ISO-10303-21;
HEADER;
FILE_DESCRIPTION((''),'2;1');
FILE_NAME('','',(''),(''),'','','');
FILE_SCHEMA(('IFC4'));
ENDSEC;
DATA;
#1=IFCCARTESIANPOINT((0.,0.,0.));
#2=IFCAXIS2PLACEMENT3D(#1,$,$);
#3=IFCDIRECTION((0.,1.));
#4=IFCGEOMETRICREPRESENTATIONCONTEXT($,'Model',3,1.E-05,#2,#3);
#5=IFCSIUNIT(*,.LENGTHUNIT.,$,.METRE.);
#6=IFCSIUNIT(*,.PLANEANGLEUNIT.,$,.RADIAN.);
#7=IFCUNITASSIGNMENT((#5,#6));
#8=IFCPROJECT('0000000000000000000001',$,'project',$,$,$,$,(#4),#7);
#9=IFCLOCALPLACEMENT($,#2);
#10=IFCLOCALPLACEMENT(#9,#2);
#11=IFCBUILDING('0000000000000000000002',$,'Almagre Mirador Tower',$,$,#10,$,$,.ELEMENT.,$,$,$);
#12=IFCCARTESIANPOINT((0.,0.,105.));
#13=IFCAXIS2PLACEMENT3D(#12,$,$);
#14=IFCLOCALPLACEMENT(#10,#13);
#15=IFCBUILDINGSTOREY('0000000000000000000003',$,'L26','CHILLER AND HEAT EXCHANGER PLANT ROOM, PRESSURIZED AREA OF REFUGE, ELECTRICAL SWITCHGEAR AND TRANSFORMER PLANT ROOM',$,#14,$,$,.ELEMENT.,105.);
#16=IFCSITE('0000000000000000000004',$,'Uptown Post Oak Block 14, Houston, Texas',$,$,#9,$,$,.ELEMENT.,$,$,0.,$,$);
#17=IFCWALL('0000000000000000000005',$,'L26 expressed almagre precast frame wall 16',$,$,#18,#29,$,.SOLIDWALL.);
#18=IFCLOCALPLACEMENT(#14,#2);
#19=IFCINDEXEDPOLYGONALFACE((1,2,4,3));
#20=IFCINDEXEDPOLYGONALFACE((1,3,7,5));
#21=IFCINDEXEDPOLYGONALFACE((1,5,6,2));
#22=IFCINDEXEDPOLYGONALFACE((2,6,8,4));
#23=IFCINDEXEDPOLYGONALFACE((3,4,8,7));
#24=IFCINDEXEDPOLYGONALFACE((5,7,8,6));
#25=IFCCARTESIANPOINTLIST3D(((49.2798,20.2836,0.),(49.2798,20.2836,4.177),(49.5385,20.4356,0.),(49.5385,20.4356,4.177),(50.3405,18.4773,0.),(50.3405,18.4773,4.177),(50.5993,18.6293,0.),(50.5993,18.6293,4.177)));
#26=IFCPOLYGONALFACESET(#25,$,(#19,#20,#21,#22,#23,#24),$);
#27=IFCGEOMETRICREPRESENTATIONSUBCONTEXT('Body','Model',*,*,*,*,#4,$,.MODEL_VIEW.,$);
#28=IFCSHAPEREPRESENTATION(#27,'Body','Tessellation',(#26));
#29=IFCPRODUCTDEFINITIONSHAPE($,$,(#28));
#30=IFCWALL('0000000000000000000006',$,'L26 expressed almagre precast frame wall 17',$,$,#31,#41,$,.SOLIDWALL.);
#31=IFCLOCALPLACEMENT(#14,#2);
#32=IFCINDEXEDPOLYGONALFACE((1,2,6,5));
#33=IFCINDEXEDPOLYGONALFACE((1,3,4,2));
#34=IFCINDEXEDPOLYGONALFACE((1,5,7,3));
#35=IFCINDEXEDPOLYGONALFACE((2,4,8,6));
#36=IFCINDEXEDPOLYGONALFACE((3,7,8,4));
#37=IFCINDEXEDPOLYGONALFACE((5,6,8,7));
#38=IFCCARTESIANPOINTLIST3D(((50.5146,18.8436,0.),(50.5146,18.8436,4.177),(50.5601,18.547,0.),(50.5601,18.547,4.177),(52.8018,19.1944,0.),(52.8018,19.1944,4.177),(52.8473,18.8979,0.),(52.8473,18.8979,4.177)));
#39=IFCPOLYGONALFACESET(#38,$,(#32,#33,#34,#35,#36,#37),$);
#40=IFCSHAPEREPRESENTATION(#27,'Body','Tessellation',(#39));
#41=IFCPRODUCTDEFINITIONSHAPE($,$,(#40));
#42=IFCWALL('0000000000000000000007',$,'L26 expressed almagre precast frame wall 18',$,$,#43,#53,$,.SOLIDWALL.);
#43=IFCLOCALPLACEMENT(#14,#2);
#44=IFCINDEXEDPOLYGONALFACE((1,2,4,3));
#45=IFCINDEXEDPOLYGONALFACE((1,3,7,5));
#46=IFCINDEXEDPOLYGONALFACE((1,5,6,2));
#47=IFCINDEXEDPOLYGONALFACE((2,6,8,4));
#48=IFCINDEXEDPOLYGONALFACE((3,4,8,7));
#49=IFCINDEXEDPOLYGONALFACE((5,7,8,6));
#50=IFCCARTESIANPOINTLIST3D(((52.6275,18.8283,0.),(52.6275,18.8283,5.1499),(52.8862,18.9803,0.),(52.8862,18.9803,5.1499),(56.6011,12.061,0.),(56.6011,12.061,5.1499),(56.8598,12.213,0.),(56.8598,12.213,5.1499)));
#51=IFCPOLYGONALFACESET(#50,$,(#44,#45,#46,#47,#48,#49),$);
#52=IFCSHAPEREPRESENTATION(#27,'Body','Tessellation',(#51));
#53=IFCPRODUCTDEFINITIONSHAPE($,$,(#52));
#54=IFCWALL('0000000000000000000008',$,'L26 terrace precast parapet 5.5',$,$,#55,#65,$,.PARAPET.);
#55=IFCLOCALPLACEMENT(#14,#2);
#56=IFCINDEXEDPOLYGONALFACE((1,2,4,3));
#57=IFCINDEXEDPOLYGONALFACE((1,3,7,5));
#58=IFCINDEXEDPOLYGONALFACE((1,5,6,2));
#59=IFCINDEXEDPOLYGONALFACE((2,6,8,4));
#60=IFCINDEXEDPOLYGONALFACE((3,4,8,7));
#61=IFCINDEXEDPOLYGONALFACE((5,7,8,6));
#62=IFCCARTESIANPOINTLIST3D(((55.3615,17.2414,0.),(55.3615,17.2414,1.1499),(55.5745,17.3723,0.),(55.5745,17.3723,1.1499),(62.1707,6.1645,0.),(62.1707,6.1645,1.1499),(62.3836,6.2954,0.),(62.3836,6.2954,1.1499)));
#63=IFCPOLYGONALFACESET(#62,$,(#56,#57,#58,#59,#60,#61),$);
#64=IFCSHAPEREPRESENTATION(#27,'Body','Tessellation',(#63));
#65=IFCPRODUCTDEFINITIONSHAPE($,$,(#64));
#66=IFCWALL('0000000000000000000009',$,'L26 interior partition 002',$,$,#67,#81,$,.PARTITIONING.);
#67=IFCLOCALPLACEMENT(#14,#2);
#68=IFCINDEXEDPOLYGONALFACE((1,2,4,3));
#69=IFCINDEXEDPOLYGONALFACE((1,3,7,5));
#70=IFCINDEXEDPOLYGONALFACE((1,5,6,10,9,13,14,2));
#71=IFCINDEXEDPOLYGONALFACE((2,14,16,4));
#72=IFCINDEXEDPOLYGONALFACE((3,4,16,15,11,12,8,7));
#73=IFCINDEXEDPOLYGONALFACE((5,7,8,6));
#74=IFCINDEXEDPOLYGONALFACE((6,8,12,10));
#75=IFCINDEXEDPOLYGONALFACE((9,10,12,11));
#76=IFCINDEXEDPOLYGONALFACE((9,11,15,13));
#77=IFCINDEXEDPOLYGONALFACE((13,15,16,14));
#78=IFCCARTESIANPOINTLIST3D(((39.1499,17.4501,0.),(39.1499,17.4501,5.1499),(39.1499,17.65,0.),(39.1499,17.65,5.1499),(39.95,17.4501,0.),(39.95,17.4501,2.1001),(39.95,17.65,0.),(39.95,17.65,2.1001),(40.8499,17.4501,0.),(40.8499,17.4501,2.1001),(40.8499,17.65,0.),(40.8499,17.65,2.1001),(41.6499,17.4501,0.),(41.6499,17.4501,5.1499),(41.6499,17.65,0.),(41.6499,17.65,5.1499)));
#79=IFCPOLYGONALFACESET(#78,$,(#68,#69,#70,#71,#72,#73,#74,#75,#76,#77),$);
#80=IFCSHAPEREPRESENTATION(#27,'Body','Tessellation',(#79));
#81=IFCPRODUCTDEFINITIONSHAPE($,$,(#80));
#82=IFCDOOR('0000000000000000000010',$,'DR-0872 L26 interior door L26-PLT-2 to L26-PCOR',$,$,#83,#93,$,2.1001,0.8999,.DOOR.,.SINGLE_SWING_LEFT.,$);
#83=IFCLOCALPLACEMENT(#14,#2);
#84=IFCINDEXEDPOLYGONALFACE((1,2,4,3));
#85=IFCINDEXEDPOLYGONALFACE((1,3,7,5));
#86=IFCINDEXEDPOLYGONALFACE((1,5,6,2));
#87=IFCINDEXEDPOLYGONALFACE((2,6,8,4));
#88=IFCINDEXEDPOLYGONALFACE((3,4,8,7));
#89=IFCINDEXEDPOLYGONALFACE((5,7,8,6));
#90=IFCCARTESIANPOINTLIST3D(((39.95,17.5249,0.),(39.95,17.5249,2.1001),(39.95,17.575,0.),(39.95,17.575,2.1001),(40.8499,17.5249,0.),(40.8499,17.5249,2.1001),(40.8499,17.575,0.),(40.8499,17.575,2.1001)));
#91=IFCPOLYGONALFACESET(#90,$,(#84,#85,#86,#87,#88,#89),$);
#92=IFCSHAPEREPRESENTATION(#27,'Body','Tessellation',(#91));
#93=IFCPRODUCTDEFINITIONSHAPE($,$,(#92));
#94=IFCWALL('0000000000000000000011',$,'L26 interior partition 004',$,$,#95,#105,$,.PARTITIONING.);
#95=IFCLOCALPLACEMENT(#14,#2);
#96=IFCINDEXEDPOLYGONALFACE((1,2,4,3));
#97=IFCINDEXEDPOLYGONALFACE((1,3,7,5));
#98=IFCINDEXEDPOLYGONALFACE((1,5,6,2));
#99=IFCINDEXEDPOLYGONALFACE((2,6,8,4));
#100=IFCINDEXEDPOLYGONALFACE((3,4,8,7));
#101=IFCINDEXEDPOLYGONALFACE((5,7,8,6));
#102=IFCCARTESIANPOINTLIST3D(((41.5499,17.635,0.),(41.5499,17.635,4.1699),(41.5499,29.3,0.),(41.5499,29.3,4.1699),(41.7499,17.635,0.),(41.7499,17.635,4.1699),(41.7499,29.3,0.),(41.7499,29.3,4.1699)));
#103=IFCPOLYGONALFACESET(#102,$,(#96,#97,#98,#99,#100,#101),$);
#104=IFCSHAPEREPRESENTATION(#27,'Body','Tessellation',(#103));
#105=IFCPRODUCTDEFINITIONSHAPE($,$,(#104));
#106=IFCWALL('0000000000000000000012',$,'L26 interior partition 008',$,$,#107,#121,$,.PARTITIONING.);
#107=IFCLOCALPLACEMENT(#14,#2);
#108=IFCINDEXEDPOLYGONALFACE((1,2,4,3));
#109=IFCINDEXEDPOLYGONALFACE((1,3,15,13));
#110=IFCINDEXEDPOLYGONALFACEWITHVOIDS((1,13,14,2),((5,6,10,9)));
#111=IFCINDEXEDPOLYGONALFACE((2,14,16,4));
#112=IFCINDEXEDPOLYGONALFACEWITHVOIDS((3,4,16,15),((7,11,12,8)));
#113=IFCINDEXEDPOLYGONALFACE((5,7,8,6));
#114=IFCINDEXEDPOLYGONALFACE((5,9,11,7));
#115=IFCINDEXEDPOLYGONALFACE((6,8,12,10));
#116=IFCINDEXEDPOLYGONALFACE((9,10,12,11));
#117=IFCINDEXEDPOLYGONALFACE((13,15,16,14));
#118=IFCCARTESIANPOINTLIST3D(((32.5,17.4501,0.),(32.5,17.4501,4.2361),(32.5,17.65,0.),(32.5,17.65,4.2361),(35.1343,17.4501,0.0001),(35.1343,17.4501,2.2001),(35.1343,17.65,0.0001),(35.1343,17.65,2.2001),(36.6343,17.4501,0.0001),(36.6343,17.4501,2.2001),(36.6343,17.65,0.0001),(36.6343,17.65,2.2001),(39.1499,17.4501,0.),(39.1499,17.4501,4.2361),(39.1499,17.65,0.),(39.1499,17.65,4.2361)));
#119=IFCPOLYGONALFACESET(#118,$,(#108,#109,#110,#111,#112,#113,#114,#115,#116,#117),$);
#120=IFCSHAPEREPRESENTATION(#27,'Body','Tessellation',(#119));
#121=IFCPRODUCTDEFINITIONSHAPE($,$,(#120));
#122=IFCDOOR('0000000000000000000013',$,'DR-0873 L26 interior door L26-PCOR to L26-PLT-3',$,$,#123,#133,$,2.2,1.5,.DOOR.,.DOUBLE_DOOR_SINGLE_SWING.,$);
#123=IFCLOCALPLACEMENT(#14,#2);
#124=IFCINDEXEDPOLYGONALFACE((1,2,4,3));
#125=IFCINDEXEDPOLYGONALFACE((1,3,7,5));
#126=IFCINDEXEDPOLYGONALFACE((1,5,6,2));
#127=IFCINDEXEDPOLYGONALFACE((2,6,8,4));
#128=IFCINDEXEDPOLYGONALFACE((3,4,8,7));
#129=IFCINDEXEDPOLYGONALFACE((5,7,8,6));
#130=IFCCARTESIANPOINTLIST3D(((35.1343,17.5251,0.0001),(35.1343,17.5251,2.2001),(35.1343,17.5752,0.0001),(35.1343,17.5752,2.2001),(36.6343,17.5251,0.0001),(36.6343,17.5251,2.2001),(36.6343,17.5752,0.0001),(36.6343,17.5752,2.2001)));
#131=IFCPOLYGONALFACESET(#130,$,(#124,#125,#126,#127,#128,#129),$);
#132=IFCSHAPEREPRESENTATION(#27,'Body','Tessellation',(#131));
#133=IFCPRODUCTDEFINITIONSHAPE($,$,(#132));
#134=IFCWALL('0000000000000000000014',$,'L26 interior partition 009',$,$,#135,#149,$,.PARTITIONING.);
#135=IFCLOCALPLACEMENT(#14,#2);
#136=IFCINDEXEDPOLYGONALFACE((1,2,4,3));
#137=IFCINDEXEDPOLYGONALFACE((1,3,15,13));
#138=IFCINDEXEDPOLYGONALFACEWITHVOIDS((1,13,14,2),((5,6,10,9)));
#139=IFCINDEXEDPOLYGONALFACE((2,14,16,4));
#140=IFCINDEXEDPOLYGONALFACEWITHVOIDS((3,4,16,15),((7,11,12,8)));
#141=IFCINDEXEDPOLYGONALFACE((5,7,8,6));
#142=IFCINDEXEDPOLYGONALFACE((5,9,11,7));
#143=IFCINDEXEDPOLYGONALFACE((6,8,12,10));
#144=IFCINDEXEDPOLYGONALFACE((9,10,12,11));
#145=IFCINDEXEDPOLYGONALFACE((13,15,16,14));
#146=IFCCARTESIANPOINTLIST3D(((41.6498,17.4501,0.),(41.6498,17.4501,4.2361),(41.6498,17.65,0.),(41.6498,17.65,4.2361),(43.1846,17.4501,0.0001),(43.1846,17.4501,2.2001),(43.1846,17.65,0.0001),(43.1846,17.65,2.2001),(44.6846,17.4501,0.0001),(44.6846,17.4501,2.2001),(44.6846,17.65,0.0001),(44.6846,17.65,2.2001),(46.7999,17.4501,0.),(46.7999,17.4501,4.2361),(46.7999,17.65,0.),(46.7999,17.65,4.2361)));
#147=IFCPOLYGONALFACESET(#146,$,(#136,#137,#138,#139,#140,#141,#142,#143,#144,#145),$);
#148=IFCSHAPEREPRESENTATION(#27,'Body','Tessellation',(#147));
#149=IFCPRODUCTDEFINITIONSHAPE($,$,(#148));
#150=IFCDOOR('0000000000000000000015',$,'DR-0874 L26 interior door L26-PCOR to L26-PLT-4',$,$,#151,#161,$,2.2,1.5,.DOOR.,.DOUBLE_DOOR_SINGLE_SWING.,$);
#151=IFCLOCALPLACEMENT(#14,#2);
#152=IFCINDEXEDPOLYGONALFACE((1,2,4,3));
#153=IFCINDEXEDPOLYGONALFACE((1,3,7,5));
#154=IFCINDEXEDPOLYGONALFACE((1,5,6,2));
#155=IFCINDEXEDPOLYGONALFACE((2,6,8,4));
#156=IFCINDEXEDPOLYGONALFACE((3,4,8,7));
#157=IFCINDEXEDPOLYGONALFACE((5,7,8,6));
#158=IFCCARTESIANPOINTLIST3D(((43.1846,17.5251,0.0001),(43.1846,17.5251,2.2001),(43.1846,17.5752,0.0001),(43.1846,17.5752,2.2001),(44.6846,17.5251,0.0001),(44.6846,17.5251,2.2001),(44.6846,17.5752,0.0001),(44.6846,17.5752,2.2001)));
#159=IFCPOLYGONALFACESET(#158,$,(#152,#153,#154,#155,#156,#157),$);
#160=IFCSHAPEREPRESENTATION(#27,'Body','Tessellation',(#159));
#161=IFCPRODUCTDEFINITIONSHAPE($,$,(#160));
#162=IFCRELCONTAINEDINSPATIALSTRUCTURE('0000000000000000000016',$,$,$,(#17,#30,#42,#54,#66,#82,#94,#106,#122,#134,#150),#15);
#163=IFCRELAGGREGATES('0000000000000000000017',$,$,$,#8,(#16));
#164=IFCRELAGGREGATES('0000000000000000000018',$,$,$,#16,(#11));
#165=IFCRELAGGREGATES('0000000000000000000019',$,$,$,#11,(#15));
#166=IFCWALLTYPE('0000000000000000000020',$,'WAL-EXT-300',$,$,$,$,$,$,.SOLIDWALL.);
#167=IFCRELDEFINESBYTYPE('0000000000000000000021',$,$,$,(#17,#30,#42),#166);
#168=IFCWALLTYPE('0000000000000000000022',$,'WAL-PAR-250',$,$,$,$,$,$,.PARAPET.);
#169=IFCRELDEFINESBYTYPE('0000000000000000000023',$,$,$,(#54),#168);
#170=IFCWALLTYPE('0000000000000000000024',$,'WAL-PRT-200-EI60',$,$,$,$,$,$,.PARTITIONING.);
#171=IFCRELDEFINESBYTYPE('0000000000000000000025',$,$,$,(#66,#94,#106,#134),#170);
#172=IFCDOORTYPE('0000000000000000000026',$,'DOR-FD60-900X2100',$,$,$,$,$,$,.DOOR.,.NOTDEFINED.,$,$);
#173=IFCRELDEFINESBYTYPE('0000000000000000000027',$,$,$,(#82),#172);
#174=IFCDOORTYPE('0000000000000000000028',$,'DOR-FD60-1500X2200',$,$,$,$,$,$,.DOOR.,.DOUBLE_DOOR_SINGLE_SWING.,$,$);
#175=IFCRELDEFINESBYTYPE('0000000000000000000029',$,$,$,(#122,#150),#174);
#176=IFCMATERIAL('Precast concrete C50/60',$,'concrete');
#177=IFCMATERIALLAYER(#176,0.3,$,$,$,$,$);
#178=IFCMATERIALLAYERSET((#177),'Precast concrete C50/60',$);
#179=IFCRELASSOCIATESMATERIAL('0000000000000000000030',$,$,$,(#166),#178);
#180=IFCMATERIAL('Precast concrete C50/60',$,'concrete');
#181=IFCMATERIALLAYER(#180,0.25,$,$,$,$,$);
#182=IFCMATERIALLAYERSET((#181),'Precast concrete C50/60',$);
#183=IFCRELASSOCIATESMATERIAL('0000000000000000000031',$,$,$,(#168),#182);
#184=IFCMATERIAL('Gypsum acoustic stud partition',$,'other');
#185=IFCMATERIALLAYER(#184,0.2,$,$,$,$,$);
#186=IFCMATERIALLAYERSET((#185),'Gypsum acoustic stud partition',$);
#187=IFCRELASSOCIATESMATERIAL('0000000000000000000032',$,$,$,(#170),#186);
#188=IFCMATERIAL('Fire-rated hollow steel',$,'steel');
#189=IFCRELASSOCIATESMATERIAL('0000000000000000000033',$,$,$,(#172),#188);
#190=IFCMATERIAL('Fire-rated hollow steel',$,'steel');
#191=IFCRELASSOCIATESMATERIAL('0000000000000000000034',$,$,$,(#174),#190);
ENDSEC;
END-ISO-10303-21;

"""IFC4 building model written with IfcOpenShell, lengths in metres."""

from ifc_helpers import new_model, si_unit, direction, frame, frame_2d, origin, place, context, subcontext, project, spatial, rectangle, extrude, material, layer, layer_set, type_object, element, fill, save


model = new_model("IFC4")

# Units and contexts
model_context = context("Model", 3, precision=1e-05, world=origin(), true_north=direction((0.0, 1.0)))
body_context = subcontext(model_context, "Body", "Model", "MODEL_VIEW")
ifc_project = project(units=[si_unit("LENGTHUNIT", "METRE"), si_unit("PLANEANGLEUNIT", "RADIAN")], contexts=[model_context])

# Site, building, storey
site_placement = place(None, origin())
site = spatial("IfcSite", under=ifc_project, at=site_placement, Name="Uptown Post Oak Block 14, Houston, Texas", CompositionType="ELEMENT", RefElevation=0.0)
building_placement = place(site_placement, origin())
building = spatial("IfcBuilding", under=site, at=building_placement, Name="Almagre Mirador Tower", CompositionType="ELEMENT")
storey_placement = place(building_placement, frame((0.0, 0.0, 105.0)))
storey = spatial("IfcBuildingStorey", under=building, at=storey_placement, Name="L26", Description="CHILLER AND HEAT EXCHANGER PLANT ROOM, PRESSURIZED AREA OF REFUGE, ELECTRICAL SWITCHGEAR AND TRANSFORMER PLANT ROOM", CompositionType="ELEMENT", Elevation=105.0)

# Walls
ifc_material_1 = material(Name="Precast concrete C50/60", Category="concrete")
ifc_layer_1 = layer(ifc_material_1, 0.3)
ifc_layer_set_1 = layer_set([ifc_layer_1], Name="Precast concrete C50/60")
wall_type_1 = type_object("IfcWallType", Name="WAL-EXT-300", PredefinedType="SOLIDWALL", material=ifc_layer_set_1)
wall_1_placement = place(storey_placement, frame((49.4092, 20.3596, 0.0), z_axis=(0.0, 0.0, 1.0), x_axis=(0.506383, -0.862308, 0.0)))
element("IfcWall", 1, at=wall_1_placement, inside=storey, type_object=wall_type_1, Name="L26 expressed almagre precast frame wall 16", PredefinedType="SOLIDWALL", context=body_context, shape_type="SweptSolid", body=[
    extrude(rectangle(XDim=2.0947, YDim=0.3, at=frame_2d((1.0474, 0.0))), origin(), (0.0, 0.0, 1.0), 4.177),
])
wall_2_placement = place(storey_placement, frame((50.5374, 18.6953, 0.0), z_axis=(0.0, 0.0, 1.0), x_axis=(0.988439, 0.151621, 0.0)))
element("IfcWall", 2, at=wall_2_placement, inside=storey, type_object=wall_type_1, Name="L26 expressed almagre precast frame wall 17", PredefinedType="SOLIDWALL", context=body_context, shape_type="SweptSolid", body=[
    extrude(rectangle(XDim=2.314, YDim=0.3, at=frame_2d((1.157, 0.0))), origin(), (0.0, 0.0, 1.0), 4.177),
])
wall_3_placement = place(storey_placement, frame((52.7568, 18.9043, 0.0), z_axis=(0.0, 0.0, 1.0), x_axis=(0.506343, -0.862332, 0.0)))
element("IfcWall", 3, at=wall_3_placement, inside=storey, type_object=wall_type_1, Name="L26 expressed almagre precast frame wall 18", PredefinedType="SOLIDWALL", context=body_context, shape_type="SweptSolid", body=[
    extrude(rectangle(XDim=7.8477, YDim=0.3, at=frame_2d((3.9238, 0.0))), origin(), (0.0, 0.0, 1.0), 5.1499),
])
ifc_material_2 = material(Name="Precast concrete C50/60", Category="concrete")
ifc_layer_2 = layer(ifc_material_2, 0.25)
ifc_layer_set_2 = layer_set([ifc_layer_2], Name="Precast concrete C50/60")
wall_type_2 = type_object("IfcWallType", Name="WAL-PAR-250", PredefinedType="PARAPET", material=ifc_layer_set_2)
wall_4_placement = place(storey_placement, frame((55.468, 17.3069, 0.0), z_axis=(0.0, 0.0, 1.0), x_axis=(0.52368, -0.851915, 0.0)))
element("IfcWall", 4, at=wall_4_placement, inside=storey, type_object=wall_type_2, Name="L26 terrace precast parapet 5.5", PredefinedType="PARAPET", context=body_context, shape_type="SweptSolid", body=[
    extrude(rectangle(XDim=13.0024, YDim=0.25, at=frame_2d((6.5012, 0.0))), origin(), (0.0, 0.0, 1.0), 1.1499),
])

# Wall, opening, door
ifc_material_3 = material(Name="Gypsum acoustic stud partition", Category="other")
ifc_layer_3 = layer(ifc_material_3, 0.2)
ifc_layer_set_3 = layer_set([ifc_layer_3], Name="Gypsum acoustic stud partition")
wall_type_3 = type_object("IfcWallType", Name="WAL-PRT-200-EI60", PredefinedType="PARTITIONING", material=ifc_layer_set_3)
wall_5_placement = place(storey_placement, frame((39.1499, 17.55, 0.0), z_axis=(0.0, 0.0, 1.0), x_axis=(1.0, 0.0, 0.0)))
wall_5 = element("IfcWall", 5, at=wall_5_placement, inside=storey, type_object=wall_type_3, Name="L26 interior partition 002", PredefinedType="PARTITIONING", context=body_context, shape_type="SweptSolid", body=[
    extrude(rectangle(XDim=2.5, YDim=0.2, at=frame_2d((1.25, 0.0))), origin(), (0.0, 0.0, 1.0), 5.1499),
])
opening_1_placement = place(wall_5_placement, frame((0.8, 0.0, 0.0)))
opening_1 = element("IfcOpeningElement", 6, at=opening_1_placement, cuts=wall_5, PredefinedType="OPENING", context=body_context, shape_type="SweptSolid", body=[
    extrude(rectangle(XDim=0.8999, YDim=2.1001, at=frame_2d((0.45, 1.05))), frame((0.0, 0.1101, 0.0), z_axis=(0.0, -1.0, 0.0), x_axis=(1.0, 0.0, 0.0)), (0.0, 0.0, 1.0), 0.22),
])
ifc_material_4 = material(Name="Fire-rated hollow steel", Category="steel")
door_type_1 = type_object("IfcDoorType", Name="DOR-FD60-900X2100", OperationType="NOTDEFINED", PredefinedType="DOOR", material=ifc_material_4)
door_1_placement = place(opening_1_placement, origin())
door_1 = element("IfcDoor", 7, at=door_1_placement, inside=storey, type_object=door_type_1, Name="DR-0872 L26 interior door L26-PLT-2 to L26-PCOR", OperationType="SINGLE_SWING_LEFT", OverallHeight=2.1001, OverallWidth=0.8999, PredefinedType="DOOR", context=body_context, shape_type="SweptSolid", body=[
    extrude(rectangle(XDim=0.8999, YDim=2.1001, at=frame_2d((0.45, 1.05))), frame((0.0, 0.0249, 0.0), z_axis=(0.0, -1.0, 0.0), x_axis=(1.0, 0.0, 0.0)), (0.0, 0.0, 1.0), 0.05),
])
fill(opening_1, door_1)

# Wall
wall_6_placement = place(storey_placement, frame((41.6499, 17.635, 0.0), z_axis=(0.0, 0.0, 1.0), x_axis=(0.0, 1.0, 0.0)))
element("IfcWall", 8, at=wall_6_placement, inside=storey, type_object=wall_type_3, Name="L26 interior partition 004", PredefinedType="PARTITIONING", context=body_context, shape_type="SweptSolid", body=[
    extrude(rectangle(XDim=11.665, YDim=0.2, at=frame_2d((5.8325, 0.0))), origin(), (0.0, 0.0, 1.0), 4.1699),
])

# Walls, openings, doors
wall_7_placement = place(storey_placement, frame((39.1499, 17.55, 0.0), z_axis=(0.0, 0.0, 1.0), x_axis=(-1.0, 0.0, 0.0)))
wall_7 = element("IfcWall", 9, at=wall_7_placement, inside=storey, type_object=wall_type_3, Name="L26 interior partition 008", PredefinedType="PARTITIONING", context=body_context, shape_type="SweptSolid", body=[
    extrude(rectangle(XDim=6.6499, YDim=0.2, at=frame_2d((3.325, 0.0))), origin(), (0.0, 0.0, 1.0), 4.2361),
])
opening_2_placement = place(wall_7_placement, frame((2.5156, 0.0, 0.0)))
opening_2 = element("IfcOpeningElement", 10, at=opening_2_placement, cuts=wall_7, PredefinedType="OPENING", context=body_context, shape_type="SweptSolid", body=[
    extrude(rectangle(XDim=1.5, YDim=2.2, at=frame_2d((0.75, 1.1001))), frame((0.0, 0.1101, 0.0), z_axis=(0.0, -1.0, 0.0), x_axis=(1.0, 0.0, 0.0)), (0.0, 0.0, 1.0), 0.22),
])
ifc_material_5 = material(Name="Fire-rated hollow steel", Category="steel")
door_type_2 = type_object("IfcDoorType", Name="DOR-FD60-1500X2200", OperationType="DOUBLE_DOOR_SINGLE_SWING", PredefinedType="DOOR", material=ifc_material_5)
door_2_placement = place(opening_2_placement, origin())
door_2 = element("IfcDoor", 11, at=door_2_placement, inside=storey, type_object=door_type_2, Name="DR-0873 L26 interior door L26-PCOR to L26-PLT-3", OperationType="DOUBLE_DOOR_SINGLE_SWING", OverallHeight=2.2, OverallWidth=1.5, PredefinedType="DOOR", context=body_context, shape_type="SweptSolid", body=[
    extrude(rectangle(XDim=1.5, YDim=2.2, at=frame_2d((0.75, 1.1001))), frame((0.0, 0.0249, 0.0), z_axis=(0.0, -1.0, 0.0), x_axis=(1.0, 0.0, 0.0)), (0.0, 0.0, 1.0), 0.05),
])
fill(opening_2, door_2)
wall_8_placement = place(storey_placement, frame((46.8, 17.55, 0.0), z_axis=(0.0, 0.0, 1.0), x_axis=(-1.0, 0.0, 0.0)))
wall_8 = element("IfcWall", 12, at=wall_8_placement, inside=storey, type_object=wall_type_3, Name="L26 interior partition 009", PredefinedType="PARTITIONING", context=body_context, shape_type="SweptSolid", body=[
    extrude(rectangle(XDim=5.1501, YDim=0.2, at=frame_2d((2.5752, 0.0))), origin(), (0.0, 0.0, 1.0), 4.2361),
])
opening_3_placement = place(wall_8_placement, frame((2.1155, 0.0, 0.0)))
opening_3 = element("IfcOpeningElement", 13, at=opening_3_placement, cuts=wall_8, PredefinedType="OPENING", context=body_context, shape_type="SweptSolid", body=[
    extrude(rectangle(XDim=1.5, YDim=2.2, at=frame_2d((0.75, 1.1001))), frame((0.0, 0.1101, 0.0), z_axis=(0.0, -1.0, 0.0), x_axis=(1.0, 0.0, 0.0)), (0.0, 0.0, 1.0), 0.22),
])
door_3_placement = place(opening_3_placement, origin())
door_3 = element("IfcDoor", 14, at=door_3_placement, inside=storey, type_object=door_type_2, Name="DR-0874 L26 interior door L26-PCOR to L26-PLT-4", OperationType="DOUBLE_DOOR_SINGLE_SWING", OverallHeight=2.2, OverallWidth=1.5, PredefinedType="DOOR", context=body_context, shape_type="SweptSolid", body=[
    extrude(rectangle(XDim=1.5, YDim=2.2, at=frame_2d((0.75, 1.1001))), frame((0.0, 0.0249, 0.0), z_axis=(0.0, -1.0, 0.0), x_axis=(1.0, 0.0, 0.0)), (0.0, 0.0, 1.0), 0.05),
])
fill(opening_3, door_3)

save(model, "model.ifc")
